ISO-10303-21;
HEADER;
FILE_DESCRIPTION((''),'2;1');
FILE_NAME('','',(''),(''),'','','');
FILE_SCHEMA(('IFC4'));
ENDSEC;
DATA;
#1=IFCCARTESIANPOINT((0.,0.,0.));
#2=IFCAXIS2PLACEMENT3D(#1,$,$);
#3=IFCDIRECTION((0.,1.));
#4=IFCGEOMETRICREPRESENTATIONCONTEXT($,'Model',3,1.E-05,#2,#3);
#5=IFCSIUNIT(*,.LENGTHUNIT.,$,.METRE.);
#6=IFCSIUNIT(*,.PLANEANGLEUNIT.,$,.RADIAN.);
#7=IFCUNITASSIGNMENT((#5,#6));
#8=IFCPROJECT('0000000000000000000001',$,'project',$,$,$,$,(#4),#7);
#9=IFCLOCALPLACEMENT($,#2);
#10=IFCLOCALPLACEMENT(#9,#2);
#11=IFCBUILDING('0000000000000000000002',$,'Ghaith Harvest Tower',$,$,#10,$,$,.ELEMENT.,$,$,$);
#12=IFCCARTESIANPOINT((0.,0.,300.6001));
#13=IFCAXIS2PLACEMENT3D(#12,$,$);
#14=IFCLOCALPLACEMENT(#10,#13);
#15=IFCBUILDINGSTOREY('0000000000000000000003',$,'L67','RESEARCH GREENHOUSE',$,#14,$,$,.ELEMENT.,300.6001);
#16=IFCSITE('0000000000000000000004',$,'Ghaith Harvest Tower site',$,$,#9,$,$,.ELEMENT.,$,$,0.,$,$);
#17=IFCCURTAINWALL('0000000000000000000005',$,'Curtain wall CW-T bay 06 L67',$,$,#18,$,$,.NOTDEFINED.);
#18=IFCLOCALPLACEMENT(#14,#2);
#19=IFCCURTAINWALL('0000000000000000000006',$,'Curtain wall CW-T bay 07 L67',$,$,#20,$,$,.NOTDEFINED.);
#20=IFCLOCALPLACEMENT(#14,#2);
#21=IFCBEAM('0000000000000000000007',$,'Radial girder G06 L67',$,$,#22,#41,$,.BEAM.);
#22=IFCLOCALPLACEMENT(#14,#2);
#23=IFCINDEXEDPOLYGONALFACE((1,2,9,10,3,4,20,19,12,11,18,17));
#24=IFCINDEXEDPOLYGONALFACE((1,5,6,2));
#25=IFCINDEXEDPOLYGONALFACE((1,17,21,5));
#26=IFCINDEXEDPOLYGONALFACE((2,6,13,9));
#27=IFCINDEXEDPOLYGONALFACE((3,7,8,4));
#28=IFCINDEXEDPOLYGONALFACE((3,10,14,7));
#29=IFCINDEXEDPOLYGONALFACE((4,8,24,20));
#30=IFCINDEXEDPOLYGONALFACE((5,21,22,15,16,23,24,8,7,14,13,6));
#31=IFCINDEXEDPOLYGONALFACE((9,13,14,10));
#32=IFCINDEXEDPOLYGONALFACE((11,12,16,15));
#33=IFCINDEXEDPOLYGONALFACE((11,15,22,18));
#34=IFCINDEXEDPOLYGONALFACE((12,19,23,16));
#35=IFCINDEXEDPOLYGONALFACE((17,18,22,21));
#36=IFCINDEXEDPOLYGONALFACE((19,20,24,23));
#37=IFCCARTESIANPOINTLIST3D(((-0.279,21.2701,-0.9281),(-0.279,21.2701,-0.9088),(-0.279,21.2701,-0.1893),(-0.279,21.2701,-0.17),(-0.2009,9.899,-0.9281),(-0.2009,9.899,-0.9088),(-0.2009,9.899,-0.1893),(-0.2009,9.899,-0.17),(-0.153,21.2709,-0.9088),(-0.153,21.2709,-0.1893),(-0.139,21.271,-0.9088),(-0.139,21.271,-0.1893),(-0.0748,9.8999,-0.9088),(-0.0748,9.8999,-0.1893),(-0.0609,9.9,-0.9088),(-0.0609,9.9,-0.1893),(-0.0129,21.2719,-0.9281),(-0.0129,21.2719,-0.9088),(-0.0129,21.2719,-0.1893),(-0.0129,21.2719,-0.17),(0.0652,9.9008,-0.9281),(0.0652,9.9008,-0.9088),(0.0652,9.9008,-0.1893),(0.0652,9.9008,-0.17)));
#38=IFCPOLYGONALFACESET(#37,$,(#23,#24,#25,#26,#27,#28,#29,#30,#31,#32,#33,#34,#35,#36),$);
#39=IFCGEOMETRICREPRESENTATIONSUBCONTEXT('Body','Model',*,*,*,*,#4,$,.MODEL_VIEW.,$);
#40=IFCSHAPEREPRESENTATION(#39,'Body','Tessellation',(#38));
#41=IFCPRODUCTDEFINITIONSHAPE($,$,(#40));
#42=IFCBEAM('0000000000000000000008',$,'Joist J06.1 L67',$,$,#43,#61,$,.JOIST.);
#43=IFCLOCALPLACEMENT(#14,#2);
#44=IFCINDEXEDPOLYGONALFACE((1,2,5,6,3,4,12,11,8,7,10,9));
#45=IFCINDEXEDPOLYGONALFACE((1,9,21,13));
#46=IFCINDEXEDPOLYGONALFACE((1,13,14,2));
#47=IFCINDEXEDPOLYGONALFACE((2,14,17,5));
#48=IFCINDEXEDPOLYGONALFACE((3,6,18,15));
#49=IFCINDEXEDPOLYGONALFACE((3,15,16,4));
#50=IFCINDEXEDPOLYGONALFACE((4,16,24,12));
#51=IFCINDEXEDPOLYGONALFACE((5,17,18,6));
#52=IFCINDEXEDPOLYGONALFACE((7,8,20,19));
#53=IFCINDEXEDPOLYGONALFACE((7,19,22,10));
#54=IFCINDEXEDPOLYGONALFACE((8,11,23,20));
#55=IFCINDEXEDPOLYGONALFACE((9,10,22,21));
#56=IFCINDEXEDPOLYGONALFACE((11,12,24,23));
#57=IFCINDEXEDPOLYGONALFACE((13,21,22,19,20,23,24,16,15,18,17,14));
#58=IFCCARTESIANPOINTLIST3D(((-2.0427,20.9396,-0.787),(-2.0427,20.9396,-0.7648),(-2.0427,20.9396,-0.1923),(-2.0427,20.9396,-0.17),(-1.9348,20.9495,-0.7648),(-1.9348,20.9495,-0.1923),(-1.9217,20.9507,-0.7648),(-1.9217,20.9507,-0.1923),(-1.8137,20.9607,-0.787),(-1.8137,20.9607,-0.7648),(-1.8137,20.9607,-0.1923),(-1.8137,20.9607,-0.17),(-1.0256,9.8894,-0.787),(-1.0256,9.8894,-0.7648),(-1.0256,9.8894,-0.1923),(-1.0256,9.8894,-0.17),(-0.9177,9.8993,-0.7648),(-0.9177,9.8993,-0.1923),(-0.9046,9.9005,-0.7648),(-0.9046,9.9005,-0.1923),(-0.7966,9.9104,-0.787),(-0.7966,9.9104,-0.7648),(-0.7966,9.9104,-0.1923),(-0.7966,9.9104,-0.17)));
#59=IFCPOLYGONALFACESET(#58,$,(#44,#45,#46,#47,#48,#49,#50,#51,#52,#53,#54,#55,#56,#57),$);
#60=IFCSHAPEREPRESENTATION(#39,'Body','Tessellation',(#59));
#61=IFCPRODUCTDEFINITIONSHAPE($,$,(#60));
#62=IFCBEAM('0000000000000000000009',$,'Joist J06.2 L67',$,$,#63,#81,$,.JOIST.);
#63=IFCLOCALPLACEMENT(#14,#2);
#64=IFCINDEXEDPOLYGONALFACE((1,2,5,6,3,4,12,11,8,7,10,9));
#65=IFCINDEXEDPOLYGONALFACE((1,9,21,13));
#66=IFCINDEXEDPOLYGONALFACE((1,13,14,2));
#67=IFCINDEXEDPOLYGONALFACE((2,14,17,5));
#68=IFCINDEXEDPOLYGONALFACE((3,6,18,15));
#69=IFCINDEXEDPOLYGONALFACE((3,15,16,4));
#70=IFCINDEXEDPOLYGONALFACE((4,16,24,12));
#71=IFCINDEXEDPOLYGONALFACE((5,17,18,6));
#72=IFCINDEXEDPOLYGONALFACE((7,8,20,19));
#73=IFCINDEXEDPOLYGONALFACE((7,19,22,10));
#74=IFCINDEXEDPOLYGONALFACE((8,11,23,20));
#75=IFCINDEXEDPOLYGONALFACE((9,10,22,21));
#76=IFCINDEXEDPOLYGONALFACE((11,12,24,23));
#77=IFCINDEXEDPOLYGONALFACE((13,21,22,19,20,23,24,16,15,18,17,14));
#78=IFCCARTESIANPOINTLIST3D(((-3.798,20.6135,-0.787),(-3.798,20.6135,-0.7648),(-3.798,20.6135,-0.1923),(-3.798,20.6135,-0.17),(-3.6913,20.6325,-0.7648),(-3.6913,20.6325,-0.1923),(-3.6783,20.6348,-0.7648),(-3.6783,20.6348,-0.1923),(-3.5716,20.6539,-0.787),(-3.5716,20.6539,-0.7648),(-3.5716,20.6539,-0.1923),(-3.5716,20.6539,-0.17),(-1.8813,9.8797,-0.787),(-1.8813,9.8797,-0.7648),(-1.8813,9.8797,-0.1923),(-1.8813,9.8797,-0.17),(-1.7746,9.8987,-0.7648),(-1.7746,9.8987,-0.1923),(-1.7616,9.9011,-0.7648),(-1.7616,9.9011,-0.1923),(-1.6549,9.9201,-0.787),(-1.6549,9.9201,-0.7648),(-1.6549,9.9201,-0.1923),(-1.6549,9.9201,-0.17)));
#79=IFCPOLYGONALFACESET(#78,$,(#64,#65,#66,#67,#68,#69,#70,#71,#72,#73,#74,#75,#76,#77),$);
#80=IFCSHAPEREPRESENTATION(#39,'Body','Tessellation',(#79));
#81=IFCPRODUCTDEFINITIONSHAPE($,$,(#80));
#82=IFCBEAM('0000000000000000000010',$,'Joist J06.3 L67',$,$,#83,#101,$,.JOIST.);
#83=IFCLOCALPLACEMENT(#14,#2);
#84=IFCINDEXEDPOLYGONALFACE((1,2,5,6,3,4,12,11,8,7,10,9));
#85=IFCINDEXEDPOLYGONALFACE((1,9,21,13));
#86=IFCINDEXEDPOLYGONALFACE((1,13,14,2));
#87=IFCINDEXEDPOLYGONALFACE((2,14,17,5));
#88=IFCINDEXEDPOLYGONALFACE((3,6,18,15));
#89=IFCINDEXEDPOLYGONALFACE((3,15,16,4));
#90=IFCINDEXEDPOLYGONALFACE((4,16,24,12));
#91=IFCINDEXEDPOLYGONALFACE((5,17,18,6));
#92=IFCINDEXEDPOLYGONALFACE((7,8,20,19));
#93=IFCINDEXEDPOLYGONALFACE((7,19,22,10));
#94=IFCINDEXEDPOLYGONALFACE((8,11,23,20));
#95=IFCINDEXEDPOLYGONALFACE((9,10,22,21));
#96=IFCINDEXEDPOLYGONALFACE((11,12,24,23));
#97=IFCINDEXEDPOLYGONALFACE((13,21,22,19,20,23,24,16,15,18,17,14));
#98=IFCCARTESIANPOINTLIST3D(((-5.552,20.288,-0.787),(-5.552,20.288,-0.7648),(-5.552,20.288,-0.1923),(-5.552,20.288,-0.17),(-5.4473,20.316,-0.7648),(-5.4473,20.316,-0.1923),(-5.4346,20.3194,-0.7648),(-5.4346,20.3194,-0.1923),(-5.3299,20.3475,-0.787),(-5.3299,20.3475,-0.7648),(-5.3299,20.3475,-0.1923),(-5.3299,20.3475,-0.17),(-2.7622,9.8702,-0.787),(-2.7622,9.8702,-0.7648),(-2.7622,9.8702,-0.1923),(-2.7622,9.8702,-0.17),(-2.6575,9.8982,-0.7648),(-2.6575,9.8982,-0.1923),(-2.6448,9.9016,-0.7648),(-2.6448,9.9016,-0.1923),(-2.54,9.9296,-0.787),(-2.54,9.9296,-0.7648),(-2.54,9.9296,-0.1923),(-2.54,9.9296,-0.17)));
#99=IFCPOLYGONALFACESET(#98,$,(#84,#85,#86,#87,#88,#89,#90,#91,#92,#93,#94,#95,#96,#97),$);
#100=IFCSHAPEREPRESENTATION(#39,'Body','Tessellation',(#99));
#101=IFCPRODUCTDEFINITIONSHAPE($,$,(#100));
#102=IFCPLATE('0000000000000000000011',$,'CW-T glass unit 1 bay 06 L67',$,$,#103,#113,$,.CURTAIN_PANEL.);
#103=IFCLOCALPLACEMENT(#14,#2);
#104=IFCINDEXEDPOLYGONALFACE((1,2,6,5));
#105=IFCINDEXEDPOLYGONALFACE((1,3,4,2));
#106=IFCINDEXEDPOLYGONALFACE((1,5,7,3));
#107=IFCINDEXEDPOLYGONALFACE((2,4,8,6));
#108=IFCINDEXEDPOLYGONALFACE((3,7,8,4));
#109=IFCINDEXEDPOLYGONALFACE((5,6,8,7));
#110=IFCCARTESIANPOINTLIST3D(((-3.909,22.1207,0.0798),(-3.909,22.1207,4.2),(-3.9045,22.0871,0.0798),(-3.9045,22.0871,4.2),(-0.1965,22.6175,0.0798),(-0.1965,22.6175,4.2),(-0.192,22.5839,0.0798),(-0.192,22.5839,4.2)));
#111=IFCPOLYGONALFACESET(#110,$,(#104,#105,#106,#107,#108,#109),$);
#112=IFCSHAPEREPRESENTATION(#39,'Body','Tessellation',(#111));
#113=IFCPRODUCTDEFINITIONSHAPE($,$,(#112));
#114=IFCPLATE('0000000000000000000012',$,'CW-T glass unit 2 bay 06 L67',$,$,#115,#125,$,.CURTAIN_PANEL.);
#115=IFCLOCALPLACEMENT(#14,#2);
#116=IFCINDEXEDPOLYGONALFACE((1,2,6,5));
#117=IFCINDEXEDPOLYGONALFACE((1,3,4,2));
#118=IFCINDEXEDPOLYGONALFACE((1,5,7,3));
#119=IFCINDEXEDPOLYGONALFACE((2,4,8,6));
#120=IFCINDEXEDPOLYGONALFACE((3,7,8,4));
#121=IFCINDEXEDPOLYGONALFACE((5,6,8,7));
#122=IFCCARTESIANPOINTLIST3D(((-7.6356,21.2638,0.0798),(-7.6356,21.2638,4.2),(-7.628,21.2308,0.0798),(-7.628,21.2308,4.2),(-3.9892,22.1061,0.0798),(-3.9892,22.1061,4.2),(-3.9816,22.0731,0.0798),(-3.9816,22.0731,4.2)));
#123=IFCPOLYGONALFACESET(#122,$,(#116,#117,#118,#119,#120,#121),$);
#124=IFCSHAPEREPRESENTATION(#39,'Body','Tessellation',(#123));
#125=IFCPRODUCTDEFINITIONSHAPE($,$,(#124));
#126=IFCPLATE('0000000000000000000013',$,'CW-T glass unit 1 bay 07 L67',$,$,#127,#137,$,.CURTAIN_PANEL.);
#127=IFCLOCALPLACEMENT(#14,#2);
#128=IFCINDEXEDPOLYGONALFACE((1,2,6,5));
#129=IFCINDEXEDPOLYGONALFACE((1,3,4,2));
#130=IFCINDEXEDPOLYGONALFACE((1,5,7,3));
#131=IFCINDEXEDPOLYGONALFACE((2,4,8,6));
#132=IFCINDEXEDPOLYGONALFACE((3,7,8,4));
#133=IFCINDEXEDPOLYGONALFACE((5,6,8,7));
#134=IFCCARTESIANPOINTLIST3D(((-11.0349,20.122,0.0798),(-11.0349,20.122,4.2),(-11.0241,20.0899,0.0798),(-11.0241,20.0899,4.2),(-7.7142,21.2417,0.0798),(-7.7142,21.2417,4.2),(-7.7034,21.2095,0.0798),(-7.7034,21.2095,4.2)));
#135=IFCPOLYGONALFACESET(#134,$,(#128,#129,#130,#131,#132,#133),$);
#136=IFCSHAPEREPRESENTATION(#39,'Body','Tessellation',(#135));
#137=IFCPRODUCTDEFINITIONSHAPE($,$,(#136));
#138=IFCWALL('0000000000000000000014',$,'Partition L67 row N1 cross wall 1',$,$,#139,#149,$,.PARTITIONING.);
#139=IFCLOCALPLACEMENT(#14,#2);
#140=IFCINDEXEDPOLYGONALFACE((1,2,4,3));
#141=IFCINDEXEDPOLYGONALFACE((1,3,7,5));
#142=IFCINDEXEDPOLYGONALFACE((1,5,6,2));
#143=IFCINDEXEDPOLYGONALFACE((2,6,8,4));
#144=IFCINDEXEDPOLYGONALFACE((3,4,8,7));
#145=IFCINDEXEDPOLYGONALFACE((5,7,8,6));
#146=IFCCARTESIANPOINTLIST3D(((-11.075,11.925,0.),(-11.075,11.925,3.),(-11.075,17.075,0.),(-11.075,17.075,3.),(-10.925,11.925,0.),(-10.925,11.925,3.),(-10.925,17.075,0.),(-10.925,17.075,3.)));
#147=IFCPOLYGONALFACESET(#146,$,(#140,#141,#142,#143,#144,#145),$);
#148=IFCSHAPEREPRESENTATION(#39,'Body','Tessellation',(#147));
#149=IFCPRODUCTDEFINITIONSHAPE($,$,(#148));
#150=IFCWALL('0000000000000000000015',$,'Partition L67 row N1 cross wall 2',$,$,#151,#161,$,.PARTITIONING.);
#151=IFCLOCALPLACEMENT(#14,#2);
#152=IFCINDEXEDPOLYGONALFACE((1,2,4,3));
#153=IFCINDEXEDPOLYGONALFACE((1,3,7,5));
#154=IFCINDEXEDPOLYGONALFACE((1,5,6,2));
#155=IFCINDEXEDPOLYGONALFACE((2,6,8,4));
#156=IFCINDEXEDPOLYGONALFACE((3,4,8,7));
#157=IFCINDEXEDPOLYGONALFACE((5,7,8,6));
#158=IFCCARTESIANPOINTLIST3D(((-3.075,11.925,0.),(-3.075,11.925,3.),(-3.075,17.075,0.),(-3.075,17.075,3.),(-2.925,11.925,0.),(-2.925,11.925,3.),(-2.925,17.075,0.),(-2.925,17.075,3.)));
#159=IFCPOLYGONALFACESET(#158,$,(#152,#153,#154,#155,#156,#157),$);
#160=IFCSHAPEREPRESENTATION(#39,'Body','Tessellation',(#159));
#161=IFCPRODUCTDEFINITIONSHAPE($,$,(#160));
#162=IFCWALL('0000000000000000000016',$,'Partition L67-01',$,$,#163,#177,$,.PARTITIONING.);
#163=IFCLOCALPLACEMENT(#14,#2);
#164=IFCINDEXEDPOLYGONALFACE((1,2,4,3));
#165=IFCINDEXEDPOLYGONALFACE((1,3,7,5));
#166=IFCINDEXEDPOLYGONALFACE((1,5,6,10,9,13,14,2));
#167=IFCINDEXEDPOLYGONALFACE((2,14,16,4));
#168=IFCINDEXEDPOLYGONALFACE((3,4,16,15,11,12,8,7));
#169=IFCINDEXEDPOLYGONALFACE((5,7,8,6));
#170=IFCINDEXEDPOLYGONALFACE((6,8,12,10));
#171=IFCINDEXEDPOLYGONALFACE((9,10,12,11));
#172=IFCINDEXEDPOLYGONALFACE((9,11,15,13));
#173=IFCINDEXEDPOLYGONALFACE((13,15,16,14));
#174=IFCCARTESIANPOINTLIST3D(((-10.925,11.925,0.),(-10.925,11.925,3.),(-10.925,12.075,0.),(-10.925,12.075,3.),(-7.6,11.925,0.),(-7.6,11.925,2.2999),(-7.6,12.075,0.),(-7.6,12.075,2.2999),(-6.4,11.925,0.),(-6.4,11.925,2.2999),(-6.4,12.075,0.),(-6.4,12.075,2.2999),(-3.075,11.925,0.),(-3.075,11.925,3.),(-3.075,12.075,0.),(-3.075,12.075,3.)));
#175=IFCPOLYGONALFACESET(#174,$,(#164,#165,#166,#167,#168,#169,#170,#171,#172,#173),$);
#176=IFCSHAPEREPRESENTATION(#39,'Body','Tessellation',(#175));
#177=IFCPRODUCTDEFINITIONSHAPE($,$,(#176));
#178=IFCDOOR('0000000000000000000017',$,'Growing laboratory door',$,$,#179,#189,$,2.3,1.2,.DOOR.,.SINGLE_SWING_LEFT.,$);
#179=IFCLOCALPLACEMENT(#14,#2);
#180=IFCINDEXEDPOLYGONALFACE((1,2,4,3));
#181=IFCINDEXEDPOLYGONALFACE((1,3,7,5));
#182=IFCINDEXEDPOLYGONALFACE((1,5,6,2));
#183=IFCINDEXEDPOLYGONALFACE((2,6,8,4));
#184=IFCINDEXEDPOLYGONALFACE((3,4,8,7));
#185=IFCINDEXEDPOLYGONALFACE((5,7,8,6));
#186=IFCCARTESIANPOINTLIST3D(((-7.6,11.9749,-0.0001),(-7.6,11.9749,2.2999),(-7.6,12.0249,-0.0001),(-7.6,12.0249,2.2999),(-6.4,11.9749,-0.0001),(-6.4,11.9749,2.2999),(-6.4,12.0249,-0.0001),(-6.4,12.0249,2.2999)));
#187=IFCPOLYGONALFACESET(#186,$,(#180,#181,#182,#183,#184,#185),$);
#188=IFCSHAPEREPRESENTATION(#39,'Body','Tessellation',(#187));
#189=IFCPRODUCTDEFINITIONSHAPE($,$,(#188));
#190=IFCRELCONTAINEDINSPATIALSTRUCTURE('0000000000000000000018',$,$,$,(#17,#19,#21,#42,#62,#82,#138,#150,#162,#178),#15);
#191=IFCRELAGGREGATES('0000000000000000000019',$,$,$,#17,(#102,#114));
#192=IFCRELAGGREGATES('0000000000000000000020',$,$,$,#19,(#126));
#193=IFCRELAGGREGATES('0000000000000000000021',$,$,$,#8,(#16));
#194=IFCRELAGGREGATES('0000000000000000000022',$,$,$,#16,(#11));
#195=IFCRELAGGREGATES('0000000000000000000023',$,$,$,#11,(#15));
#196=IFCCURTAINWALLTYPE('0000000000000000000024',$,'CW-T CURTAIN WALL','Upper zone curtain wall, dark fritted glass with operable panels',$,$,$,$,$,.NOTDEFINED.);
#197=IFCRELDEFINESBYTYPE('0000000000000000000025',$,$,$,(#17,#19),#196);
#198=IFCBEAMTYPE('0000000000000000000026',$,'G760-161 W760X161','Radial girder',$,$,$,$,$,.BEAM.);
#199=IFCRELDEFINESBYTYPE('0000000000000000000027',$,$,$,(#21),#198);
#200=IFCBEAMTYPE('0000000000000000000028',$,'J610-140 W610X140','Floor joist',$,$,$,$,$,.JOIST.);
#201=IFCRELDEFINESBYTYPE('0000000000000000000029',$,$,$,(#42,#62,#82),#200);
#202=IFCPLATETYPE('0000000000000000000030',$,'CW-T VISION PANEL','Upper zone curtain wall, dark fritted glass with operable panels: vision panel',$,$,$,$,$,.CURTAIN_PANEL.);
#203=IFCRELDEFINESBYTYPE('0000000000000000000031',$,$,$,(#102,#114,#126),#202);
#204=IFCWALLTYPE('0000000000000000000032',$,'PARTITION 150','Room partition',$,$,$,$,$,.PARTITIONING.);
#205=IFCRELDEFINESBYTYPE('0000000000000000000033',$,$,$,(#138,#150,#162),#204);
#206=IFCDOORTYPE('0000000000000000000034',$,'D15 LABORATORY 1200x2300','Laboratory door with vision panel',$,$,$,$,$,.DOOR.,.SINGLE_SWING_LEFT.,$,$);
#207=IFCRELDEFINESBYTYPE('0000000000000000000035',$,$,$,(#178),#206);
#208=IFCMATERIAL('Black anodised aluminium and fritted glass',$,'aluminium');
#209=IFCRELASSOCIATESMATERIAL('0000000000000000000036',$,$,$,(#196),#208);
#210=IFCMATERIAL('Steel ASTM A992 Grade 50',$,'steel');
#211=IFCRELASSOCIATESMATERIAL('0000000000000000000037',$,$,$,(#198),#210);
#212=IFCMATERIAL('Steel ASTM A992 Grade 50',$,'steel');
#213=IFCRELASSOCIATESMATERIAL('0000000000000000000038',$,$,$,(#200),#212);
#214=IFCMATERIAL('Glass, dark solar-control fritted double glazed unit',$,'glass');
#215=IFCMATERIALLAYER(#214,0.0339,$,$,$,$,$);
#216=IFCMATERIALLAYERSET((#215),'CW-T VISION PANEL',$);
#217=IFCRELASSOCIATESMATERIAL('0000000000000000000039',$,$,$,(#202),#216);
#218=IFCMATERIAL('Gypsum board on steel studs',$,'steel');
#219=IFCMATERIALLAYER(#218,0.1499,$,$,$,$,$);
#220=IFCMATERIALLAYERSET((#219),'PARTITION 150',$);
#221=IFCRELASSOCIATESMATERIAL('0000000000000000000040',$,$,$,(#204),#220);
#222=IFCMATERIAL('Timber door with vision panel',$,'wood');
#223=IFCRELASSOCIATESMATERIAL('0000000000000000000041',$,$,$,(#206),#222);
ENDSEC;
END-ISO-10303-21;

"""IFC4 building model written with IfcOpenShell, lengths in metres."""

from ifc_helpers import new_model, si_unit, direction, frame, frame_2d, origin, origin_2d, place, context, subcontext, project, spatial, rectangle, i_section, extrude, material, layer, layer_set, material_profile, profile_set, type_object, element, fill, aggregate, save


model = new_model("IFC4")

# Units and contexts
model_context = context("Model", 3, precision=1e-05, world=origin(), true_north=direction((0.0, 1.0)))
body_context = subcontext(model_context, "Body", "Model", "MODEL_VIEW")
ifc_project = project(units=[si_unit("LENGTHUNIT", "METRE"), si_unit("PLANEANGLEUNIT", "RADIAN")], contexts=[model_context])

# Site, building, storey
site_placement = place(None, origin())
site = spatial("IfcSite", under=ifc_project, at=site_placement, Name="Ghaith Harvest Tower site", CompositionType="ELEMENT", RefElevation=0.0)
building_placement = place(site_placement, origin())
building = spatial("IfcBuilding", under=site, at=building_placement, Name="Ghaith Harvest Tower", CompositionType="ELEMENT")
storey_placement = place(building_placement, frame((0.0, 0.0, 300.6001)))
storey = spatial("IfcBuildingStorey", under=building, at=storey_placement, Name="L67", Description="RESEARCH GREENHOUSE", CompositionType="ELEMENT", Elevation=300.6001)

# Curtain walls
ifc_material_1 = material(Name="Black anodised aluminium and fritted glass", Category="aluminium")
curtain_wall_type = type_object("IfcCurtainWallType", Name="CW-T CURTAIN WALL", Description="Upper zone curtain wall, dark fritted glass with operable panels", PredefinedType="NOTDEFINED", material=ifc_material_1)
curtain_wall_1_placement = place(storey_placement, origin())
curtain_wall_1 = element("IfcCurtainWall", 1, at=curtain_wall_1_placement, inside=storey, type_object=curtain_wall_type, Name="Curtain wall CW-T bay 06 L67", PredefinedType="NOTDEFINED")
curtain_wall_2_placement = place(storey_placement, origin())
curtain_wall_2 = element("IfcCurtainWall", 2, at=curtain_wall_2_placement, inside=storey, type_object=curtain_wall_type, Name="Curtain wall CW-T bay 07 L67", PredefinedType="NOTDEFINED")

# Beams
ifc_material_2 = material(Name="Steel ASTM A992 Grade 50", Category="steel")
ifc_material_profile_1 = material_profile(ifc_material_2, i_section(OverallWidth=0.2661, OverallDepth=0.7581, WebThickness=0.0139, FlangeThickness=0.0193, at=origin_2d()), Name="W760X161")
ifc_profile_set_1 = profile_set([ifc_material_profile_1], Name="Steel ASTM A992 Grade 50")
beam_type_1 = type_object("IfcBeamType", Name="G760-161 W760X161", Description="Radial girder", PredefinedType="BEAM", material=ifc_profile_set_1)
beam_1_placement = place(storey_placement, frame((-0.0679, 9.8999, -0.5491), z_axis=(-0.00687, 0.999976, 0.0), x_axis=(-0.999976, -0.00687, 0.0)))
element("IfcBeam", 3, at=beam_1_placement, inside=storey, type_object=beam_type_1, Name="Radial girder G06 L67", PredefinedType="BEAM", context=body_context, shape_type="SweptSolid", body=[
    extrude(i_section(OverallWidth=0.2661, OverallDepth=0.7581, WebThickness=0.0139, FlangeThickness=0.0193, at=origin_2d()), origin(), (0.0, 0.0, 1.0), 11.3713),
])
ifc_material_3 = material(Name="Steel ASTM A992 Grade 50", Category="steel")
ifc_material_profile_2 = material_profile(ifc_material_3, i_section(OverallWidth=0.23, OverallDepth=0.6169, WebThickness=0.0132, FlangeThickness=0.0222, at=origin_2d()), Name="W610X140")
ifc_profile_set_2 = profile_set([ifc_material_profile_2], Name="Steel ASTM A992 Grade 50")
beam_type_2 = type_object("IfcBeamType", Name="J610-140 W610X140", Description="Floor joist", PredefinedType="JOIST", material=ifc_profile_set_2)
beam_2_placement = place(storey_placement, frame((-0.9111, 9.8999, -0.4785), z_axis=(-0.091654, 0.995791, 0.0), x_axis=(-0.995791, -0.091654, 0.0)))
element("IfcBeam", 4, at=beam_2_placement, inside=storey, type_object=beam_type_2, Name="Joist J06.1 L67", PredefinedType="JOIST", context=body_context, shape_type="SweptSolid", body=[
    extrude(i_section(OverallWidth=0.23, OverallDepth=0.6169, WebThickness=0.0132, FlangeThickness=0.0222, at=origin_2d()), origin(), (0.0, 0.0, 1.0), 11.0969),
])
beam_3_placement = place(storey_placement, frame((-1.7681, 9.8999, -0.4785), z_axis=(-0.175789, 0.984428, 0.0), x_axis=(-0.984428, -0.175789, 0.0)))
element("IfcBeam", 5, at=beam_3_placement, inside=storey, type_object=beam_type_2, Name="Joist J06.2 L67", PredefinedType="JOIST", context=body_context, shape_type="SweptSolid", body=[
    extrude(i_section(OverallWidth=0.23, OverallDepth=0.6169, WebThickness=0.0132, FlangeThickness=0.0222, at=origin_2d()), origin(), (0.0, 0.0, 1.0), 10.9036),
])
beam_4_placement = place(storey_placement, frame((-2.6511, 9.8999, -0.4785), z_axis=(-0.258678, 0.965964, 0.0), x_axis=(-0.965964, -0.258678, 0.0)))
element("IfcBeam", 6, at=beam_4_placement, inside=storey, type_object=beam_type_2, Name="Joist J06.3 L67", PredefinedType="JOIST", context=body_context, shape_type="SweptSolid", body=[
    extrude(i_section(OverallWidth=0.23, OverallDepth=0.6169, WebThickness=0.0132, FlangeThickness=0.0222, at=origin_2d()), origin(), (0.0, 0.0, 1.0), 10.7849),
])

# Plates
ifc_material_4 = material(Name="Glass, dark solar-control fritted double glazed unit", Category="glass")
ifc_layer_1 = layer(ifc_material_4, 0.0339)
ifc_layer_set_1 = layer_set([ifc_layer_1], Name="CW-T VISION PANEL")
plate_type = type_object("IfcPlateType", Name="CW-T VISION PANEL", Description="Upper zone curtain wall, dark fritted glass with operable panels: vision panel", PredefinedType="CURTAIN_PANEL", material=ifc_layer_set_1)
plate_1_placement = place(storey_placement, frame((-2.0505, 22.3523, 0.0798), z_axis=(0.0, 0.0, 1.0), x_axis=(-0.991165, -0.132633, 0.0)))
plate_1 = element("IfcPlate", 7, at=plate_1_placement, type_object=plate_type, Name="CW-T glass unit 1 bay 06 L67", PredefinedType="CURTAIN_PANEL", context=body_context, shape_type="SweptSolid", body=[
    extrude(rectangle(XDim=3.7456, YDim=0.0339, at=origin_2d()), origin(), (0.0, 0.0, 1.0), 4.1201),
])
plate_2_placement = place(storey_placement, frame((-5.8086, 21.6685, 0.0798), z_axis=(0.0, 0.0, 1.0), x_axis=(-0.974342, -0.225072, 0.0)))
plate_2 = element("IfcPlate", 8, at=plate_2_placement, type_object=plate_type, Name="CW-T glass unit 2 bay 06 L67", PredefinedType="CURTAIN_PANEL", context=body_context, shape_type="SweptSolid", body=[
    extrude(rectangle(XDim=3.7424, YDim=0.0339, at=origin_2d()), origin(), (0.0, 0.0, 1.0), 4.1201),
])
aggregate(curtain_wall_1, [plate_1, plate_2])
plate_3_placement = place(storey_placement, frame((-9.3691, 20.6658, 0.0798), z_axis=(0.0, 0.0, 1.0), x_axis=(-0.947586, -0.3195, 0.0)))
plate_3 = element("IfcPlate", 9, at=plate_3_placement, type_object=plate_type, Name="CW-T glass unit 1 bay 07 L67", PredefinedType="CURTAIN_PANEL", context=body_context, shape_type="SweptSolid", body=[
    extrude(rectangle(XDim=3.5044, YDim=0.0339, at=origin_2d()), origin(), (0.0, 0.0, 1.0), 4.1201),
])
aggregate(curtain_wall_2, [plate_3])

# Walls
ifc_material_5 = material(Name="Gypsum board on steel studs", Category="steel")
ifc_layer_2 = layer(ifc_material_5, 0.1499)
ifc_layer_set_2 = layer_set([ifc_layer_2], Name="PARTITION 150")
wall_type = type_object("IfcWallType", Name="PARTITION 150", Description="Room partition", PredefinedType="PARTITIONING", material=ifc_layer_set_2)
for number, where, z_axis, x_axis, name in (
    (10, (-11.0, 11.925, 0.0), (0.0, 0.0, 1.0), (0.0, 1.0, 0.0), "Partition L67 row N1 cross wall 1"),
    (11, (-3.0, 11.925, 0.0), (0.0, 0.0, 1.0), (0.0, 1.0, 0.0), "Partition L67 row N1 cross wall 2"),
):
    element("IfcWall", number, at=place(storey_placement, frame(where, z_axis=z_axis, x_axis=x_axis)), inside=storey, type_object=wall_type, Name=name, PredefinedType="PARTITIONING", context=body_context, shape_type="SweptSolid", body=[
        extrude(rectangle(XDim=5.1499, YDim=0.1499, at=frame_2d((2.575, 0.0))), origin(), (0.0, 0.0, 1.0), 3.0),
    ])

# Wall, opening, door
wall_1_placement = place(storey_placement, frame((-10.925, 12.0, 0.0), z_axis=(0.0, 0.0, 1.0), x_axis=(1.0, 0.0, 0.0)))
wall_1 = element("IfcWall", 12, at=wall_1_placement, inside=storey, type_object=wall_type, Name="Partition L67-01", PredefinedType="PARTITIONING", context=body_context, shape_type="SweptSolid", body=[
    extrude(rectangle(XDim=7.8501, YDim=0.1499, at=frame_2d((3.925, 0.0))), origin(), (0.0, 0.0, 1.0), 3.0),
])
opening_1_placement = place(wall_1_placement, frame((3.325, 0.0, 0.0)))
opening_1 = element("IfcOpeningElement", 13, at=opening_1_placement, cuts=wall_1, PredefinedType="OPENING", context=body_context, shape_type="SweptSolid", body=[
    extrude(rectangle(XDim=1.2, YDim=2.3, at=frame_2d((0.6001, 1.1499))), frame((0.0, 0.085, 0.0), z_axis=(0.0, -1.0, 0.0), x_axis=(1.0, 0.0, 0.0)), (0.0, 0.0, 1.0), 0.1699),
])
ifc_material_6 = material(Name="Timber door with vision panel", Category="wood")
door_type = type_object("IfcDoorType", Name="D15 LABORATORY 1200x2300", Description="Laboratory door with vision panel", OperationType="SINGLE_SWING_LEFT", PredefinedType="DOOR", material=ifc_material_6)
door_1_placement = place(opening_1_placement, origin())
door_1 = element("IfcDoor", 14, at=door_1_placement, inside=storey, type_object=door_type, Name="Growing laboratory door", OperationType="SINGLE_SWING_LEFT", OverallHeight=2.3, OverallWidth=1.2, PredefinedType="DOOR", context=body_context, shape_type="SweptSolid", body=[
    extrude(rectangle(XDim=1.2, YDim=2.3, at=frame_2d((0.6001, 1.1499))), frame((0.0, 0.0249, 0.0), z_axis=(0.0, -1.0, 0.0), x_axis=(1.0, 0.0, 0.0)), (0.0, 0.0, 1.0), 0.05),
])
fill(opening_1, door_1)

save(model, "model.ifc")
